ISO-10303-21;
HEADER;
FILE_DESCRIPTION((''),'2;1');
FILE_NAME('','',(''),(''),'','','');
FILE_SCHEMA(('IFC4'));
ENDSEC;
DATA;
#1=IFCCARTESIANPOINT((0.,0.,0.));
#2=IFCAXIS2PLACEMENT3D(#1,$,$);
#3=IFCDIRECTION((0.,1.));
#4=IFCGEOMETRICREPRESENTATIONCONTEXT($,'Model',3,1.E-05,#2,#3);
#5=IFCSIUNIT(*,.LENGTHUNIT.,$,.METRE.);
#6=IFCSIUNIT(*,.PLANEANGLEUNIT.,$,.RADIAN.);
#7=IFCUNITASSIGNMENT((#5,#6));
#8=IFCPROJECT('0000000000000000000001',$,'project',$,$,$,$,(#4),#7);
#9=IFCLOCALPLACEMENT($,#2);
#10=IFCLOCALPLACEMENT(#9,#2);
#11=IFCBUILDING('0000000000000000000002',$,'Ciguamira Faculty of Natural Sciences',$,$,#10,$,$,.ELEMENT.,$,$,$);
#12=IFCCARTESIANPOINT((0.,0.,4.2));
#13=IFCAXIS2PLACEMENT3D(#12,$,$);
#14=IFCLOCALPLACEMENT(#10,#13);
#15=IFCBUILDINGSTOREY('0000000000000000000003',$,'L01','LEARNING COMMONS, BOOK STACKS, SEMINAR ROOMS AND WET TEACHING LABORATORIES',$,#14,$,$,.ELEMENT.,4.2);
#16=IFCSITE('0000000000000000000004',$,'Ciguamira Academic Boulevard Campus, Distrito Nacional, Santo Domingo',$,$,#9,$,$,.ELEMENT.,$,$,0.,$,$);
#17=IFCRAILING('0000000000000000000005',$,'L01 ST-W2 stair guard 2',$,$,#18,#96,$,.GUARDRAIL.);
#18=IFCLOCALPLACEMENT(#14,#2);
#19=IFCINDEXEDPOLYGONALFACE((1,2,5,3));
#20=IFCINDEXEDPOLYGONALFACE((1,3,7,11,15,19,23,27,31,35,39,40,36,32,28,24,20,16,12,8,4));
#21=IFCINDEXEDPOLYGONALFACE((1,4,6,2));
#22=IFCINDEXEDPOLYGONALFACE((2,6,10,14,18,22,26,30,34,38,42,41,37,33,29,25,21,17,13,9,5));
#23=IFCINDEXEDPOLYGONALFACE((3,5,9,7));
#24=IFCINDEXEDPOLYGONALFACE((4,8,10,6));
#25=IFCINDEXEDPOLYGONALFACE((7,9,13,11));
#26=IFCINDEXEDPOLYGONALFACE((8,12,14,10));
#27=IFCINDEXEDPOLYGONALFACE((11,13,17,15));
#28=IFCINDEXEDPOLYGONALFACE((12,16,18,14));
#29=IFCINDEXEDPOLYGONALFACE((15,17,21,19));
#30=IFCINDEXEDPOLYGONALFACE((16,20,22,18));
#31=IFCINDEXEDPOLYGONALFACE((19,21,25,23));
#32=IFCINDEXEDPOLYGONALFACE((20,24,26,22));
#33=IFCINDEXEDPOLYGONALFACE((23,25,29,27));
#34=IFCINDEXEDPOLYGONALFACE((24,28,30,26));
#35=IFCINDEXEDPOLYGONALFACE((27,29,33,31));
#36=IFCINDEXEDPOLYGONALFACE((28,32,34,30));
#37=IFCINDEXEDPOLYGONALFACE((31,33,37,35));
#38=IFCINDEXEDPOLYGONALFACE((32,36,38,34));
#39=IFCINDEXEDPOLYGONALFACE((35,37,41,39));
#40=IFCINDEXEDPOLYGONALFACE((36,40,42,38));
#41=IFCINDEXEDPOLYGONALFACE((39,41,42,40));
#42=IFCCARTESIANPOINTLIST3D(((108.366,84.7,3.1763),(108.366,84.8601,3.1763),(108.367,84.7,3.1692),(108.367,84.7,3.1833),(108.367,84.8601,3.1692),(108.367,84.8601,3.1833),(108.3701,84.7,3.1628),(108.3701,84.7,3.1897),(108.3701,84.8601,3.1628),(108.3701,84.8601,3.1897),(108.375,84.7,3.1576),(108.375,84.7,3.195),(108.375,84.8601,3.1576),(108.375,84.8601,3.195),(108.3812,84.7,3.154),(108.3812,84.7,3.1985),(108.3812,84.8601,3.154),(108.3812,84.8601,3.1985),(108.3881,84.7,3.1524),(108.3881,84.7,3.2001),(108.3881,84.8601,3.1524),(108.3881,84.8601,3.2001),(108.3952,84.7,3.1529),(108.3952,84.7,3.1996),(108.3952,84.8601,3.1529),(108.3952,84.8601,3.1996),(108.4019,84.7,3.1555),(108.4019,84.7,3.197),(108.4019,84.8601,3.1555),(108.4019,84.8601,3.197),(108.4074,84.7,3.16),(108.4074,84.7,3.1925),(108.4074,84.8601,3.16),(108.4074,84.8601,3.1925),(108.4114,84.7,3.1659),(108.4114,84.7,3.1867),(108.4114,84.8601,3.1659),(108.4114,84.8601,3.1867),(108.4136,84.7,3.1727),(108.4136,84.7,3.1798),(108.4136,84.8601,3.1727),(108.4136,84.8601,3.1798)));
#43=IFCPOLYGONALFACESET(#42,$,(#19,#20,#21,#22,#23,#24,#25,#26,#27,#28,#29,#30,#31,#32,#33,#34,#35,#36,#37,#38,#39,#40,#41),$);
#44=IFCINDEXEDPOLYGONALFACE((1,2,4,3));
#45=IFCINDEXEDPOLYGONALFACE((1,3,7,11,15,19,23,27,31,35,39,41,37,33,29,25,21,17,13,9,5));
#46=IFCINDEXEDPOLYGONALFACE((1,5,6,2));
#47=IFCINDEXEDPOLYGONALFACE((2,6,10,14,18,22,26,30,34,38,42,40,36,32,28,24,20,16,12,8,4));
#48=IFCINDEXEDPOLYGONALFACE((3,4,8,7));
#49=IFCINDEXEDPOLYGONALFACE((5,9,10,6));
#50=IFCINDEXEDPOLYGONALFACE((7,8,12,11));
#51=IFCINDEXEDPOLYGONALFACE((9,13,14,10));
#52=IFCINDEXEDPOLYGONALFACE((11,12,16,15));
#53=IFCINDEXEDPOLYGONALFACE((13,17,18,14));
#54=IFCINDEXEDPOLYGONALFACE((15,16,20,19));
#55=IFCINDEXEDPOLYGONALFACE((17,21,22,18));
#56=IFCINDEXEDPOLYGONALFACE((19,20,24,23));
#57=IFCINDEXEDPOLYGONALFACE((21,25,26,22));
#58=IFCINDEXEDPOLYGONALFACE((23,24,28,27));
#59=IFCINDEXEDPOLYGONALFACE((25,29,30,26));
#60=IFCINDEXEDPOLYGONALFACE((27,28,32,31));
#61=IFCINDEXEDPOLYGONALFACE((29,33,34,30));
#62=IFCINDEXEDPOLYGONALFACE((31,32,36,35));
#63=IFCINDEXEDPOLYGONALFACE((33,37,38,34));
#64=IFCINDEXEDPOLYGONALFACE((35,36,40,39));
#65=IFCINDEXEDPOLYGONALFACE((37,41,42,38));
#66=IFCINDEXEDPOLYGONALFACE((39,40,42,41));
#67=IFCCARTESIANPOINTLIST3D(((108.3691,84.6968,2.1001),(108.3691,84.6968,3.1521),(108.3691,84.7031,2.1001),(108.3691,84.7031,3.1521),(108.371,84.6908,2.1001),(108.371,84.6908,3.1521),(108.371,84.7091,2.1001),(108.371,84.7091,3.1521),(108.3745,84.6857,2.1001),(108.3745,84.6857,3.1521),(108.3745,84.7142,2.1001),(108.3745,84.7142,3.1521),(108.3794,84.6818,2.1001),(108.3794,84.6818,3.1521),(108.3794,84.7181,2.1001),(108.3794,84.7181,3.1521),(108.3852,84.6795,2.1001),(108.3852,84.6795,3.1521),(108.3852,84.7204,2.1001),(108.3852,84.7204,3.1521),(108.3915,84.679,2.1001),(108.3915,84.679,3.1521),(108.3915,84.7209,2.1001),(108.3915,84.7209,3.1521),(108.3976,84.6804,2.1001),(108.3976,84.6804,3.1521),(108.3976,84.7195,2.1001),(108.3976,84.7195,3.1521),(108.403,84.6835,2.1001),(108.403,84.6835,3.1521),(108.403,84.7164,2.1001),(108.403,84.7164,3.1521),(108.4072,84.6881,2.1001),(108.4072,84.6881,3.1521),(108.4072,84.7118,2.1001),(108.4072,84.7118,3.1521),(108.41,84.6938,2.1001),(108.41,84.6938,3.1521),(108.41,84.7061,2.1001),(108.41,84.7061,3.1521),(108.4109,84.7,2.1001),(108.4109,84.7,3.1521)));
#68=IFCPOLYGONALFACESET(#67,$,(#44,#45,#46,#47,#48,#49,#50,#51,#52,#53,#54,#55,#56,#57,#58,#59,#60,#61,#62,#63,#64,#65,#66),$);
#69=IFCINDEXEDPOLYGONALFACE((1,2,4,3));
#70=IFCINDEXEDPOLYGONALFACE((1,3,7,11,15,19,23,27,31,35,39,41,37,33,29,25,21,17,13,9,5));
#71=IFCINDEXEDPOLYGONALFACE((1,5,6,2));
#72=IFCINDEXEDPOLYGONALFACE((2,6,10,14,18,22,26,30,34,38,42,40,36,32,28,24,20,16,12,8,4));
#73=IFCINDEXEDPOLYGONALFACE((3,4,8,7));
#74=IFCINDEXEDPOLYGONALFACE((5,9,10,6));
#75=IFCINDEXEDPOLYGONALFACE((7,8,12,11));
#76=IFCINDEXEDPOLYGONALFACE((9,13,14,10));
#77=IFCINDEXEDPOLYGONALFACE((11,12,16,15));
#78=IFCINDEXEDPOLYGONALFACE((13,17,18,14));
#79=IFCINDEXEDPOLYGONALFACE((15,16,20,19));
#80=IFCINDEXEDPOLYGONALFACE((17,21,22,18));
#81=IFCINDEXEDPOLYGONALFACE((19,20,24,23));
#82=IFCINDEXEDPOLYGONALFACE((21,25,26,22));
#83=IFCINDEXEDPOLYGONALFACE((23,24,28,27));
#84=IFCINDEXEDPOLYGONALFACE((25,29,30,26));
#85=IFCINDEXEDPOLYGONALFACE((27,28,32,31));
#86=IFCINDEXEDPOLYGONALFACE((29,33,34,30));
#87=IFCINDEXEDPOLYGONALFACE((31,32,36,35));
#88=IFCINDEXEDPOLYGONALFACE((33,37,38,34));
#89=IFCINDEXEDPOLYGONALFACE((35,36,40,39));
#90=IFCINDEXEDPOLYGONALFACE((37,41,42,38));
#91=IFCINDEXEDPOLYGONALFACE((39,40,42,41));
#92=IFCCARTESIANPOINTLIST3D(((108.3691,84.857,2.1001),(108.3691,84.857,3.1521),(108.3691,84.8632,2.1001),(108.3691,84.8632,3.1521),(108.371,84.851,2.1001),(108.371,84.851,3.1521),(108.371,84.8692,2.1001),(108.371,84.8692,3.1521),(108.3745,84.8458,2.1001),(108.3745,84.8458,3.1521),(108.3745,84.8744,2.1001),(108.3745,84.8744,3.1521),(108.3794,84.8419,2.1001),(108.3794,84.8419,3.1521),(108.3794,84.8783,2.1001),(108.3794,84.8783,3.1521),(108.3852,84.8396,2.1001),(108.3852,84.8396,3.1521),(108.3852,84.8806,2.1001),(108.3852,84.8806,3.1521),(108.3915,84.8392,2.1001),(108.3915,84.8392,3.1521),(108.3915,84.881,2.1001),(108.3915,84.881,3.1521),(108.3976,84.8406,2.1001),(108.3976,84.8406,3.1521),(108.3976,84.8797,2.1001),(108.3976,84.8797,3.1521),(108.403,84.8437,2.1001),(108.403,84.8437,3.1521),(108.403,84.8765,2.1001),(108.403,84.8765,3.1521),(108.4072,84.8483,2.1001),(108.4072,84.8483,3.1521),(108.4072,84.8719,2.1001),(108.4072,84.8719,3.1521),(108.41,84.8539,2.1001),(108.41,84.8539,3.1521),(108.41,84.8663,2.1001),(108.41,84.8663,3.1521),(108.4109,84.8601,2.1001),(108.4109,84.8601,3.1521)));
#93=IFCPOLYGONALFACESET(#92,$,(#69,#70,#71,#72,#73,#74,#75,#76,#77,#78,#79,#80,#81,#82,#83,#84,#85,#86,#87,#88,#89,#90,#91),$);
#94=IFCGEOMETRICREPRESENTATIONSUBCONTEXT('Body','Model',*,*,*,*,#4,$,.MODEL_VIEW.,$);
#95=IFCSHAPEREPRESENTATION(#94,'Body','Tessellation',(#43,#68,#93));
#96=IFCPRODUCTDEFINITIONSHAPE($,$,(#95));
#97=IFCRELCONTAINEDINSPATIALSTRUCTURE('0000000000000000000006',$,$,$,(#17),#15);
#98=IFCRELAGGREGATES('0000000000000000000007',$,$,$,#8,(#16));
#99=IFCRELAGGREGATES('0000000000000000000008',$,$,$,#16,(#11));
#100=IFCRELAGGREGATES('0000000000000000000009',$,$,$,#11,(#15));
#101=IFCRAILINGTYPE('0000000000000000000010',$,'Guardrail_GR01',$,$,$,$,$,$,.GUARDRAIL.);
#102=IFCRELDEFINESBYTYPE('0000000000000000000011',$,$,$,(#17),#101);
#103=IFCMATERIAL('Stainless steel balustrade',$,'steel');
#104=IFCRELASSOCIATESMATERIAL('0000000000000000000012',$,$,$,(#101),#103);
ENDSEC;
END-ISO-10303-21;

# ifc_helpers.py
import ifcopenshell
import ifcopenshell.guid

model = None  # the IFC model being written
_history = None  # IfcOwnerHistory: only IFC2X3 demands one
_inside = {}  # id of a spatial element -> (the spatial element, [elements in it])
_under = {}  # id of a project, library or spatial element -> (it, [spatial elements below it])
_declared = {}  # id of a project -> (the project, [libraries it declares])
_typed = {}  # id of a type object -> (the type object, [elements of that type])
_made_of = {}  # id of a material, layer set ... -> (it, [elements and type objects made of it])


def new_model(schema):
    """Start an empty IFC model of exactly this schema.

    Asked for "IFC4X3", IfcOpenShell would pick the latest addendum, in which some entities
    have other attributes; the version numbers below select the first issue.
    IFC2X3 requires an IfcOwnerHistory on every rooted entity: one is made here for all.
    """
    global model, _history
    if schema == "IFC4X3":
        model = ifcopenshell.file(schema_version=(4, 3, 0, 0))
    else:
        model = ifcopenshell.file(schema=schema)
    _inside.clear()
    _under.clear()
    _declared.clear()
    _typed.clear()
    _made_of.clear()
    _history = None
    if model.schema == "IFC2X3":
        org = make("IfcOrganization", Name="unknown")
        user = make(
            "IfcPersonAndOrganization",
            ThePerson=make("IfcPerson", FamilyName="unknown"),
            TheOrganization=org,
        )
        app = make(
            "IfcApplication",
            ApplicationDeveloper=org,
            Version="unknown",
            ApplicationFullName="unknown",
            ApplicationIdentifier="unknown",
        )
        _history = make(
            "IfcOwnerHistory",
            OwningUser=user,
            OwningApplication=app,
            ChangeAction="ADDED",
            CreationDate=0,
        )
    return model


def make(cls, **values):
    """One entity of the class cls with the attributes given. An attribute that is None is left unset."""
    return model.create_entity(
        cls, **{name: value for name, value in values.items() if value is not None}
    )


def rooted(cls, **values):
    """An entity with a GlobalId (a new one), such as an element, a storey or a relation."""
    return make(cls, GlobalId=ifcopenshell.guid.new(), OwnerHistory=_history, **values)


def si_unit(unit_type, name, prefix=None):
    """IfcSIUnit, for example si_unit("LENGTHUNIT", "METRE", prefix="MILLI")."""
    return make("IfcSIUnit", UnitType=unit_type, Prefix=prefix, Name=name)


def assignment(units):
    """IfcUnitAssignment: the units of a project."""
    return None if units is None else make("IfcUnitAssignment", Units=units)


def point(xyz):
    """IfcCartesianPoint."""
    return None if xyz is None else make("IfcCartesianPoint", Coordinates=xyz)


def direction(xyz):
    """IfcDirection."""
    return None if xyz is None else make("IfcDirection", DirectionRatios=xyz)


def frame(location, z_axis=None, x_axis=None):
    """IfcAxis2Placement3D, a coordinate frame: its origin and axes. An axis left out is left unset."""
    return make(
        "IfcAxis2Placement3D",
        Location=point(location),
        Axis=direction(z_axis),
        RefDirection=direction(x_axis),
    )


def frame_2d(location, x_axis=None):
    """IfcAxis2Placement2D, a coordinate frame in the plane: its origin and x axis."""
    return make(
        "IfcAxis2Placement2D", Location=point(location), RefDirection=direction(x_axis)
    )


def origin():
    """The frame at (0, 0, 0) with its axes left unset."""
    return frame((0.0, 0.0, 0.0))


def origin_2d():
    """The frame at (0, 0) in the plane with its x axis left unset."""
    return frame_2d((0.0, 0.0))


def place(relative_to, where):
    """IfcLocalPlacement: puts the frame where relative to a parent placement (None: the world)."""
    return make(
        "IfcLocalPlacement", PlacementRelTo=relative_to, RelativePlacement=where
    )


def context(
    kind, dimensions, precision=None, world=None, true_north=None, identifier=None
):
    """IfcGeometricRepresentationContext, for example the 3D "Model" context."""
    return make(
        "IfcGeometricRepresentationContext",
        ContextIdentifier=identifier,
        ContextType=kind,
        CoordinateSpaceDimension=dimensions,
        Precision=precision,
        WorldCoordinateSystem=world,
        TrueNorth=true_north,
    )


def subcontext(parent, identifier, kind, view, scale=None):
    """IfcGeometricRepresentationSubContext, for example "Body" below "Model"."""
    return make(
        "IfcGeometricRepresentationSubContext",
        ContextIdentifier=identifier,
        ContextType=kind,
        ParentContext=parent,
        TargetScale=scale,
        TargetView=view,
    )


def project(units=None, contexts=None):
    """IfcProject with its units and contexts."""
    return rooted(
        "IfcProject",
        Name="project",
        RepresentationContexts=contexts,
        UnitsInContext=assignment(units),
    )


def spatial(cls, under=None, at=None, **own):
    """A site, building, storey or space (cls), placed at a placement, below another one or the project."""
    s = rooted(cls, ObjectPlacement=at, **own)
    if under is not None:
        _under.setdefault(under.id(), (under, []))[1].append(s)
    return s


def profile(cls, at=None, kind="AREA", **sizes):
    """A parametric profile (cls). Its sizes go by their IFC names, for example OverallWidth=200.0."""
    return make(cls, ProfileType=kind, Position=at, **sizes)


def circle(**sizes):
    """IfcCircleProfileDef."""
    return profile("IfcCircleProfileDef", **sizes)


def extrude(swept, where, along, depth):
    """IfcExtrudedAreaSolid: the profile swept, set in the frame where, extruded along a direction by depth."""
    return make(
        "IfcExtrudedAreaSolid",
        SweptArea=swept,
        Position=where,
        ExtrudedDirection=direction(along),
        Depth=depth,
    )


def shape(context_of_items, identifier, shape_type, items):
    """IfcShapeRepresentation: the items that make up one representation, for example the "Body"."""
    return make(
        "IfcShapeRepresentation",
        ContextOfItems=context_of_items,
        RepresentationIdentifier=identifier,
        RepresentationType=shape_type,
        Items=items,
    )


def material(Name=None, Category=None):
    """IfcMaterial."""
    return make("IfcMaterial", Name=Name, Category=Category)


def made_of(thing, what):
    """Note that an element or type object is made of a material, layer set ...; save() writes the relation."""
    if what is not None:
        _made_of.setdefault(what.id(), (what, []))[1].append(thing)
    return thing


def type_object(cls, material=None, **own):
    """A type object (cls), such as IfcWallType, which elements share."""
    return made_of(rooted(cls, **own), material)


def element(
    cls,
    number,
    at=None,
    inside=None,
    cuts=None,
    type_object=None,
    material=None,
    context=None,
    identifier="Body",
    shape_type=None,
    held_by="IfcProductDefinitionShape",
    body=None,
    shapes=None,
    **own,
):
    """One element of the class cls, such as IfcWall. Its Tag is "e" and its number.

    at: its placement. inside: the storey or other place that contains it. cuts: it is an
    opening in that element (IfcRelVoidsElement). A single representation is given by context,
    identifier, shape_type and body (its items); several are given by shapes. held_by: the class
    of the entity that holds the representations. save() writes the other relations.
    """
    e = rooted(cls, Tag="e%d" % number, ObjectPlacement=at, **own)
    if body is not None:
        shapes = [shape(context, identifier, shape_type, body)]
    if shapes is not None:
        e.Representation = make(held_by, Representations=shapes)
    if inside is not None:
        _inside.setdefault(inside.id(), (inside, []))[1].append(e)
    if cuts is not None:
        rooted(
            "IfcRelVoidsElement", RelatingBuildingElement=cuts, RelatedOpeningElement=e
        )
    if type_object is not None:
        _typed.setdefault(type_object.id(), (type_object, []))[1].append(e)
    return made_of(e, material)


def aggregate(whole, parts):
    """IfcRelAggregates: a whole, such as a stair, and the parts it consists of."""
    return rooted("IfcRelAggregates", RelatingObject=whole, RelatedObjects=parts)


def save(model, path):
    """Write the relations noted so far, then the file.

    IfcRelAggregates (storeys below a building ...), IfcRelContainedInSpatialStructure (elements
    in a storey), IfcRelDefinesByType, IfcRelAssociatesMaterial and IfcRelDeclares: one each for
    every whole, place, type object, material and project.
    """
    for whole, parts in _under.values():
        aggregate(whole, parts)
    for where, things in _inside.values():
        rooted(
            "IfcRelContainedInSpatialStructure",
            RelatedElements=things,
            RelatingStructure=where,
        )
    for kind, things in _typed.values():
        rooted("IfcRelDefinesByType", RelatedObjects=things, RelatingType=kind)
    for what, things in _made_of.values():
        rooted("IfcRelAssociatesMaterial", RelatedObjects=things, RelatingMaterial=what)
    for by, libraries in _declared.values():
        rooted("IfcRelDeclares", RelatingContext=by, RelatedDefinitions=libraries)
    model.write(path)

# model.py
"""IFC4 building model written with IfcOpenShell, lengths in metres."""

from ifc_helpers import new_model, si_unit, direction, frame, origin, origin_2d, place, context, subcontext, project, spatial, circle, extrude, material, type_object, element, save


model = new_model("IFC4")

# Units and contexts
model_context = context("Model", 3, precision=1e-05, world=origin(), true_north=direction((0.0, 1.0)))
body_context = subcontext(model_context, "Body", "Model", "MODEL_VIEW")
ifc_project = project(units=[si_unit("LENGTHUNIT", "METRE"), si_unit("PLANEANGLEUNIT", "RADIAN")], contexts=[model_context])

# Site, building, storey
site_placement = place(None, origin())
site = spatial("IfcSite", under=ifc_project, at=site_placement, Name="Ciguamira Academic Boulevard Campus, Distrito Nacional, Santo Domingo", CompositionType="ELEMENT", RefElevation=0.0)
building_placement = place(site_placement, origin())
building = spatial("IfcBuilding", under=site, at=building_placement, Name="Ciguamira Faculty of Natural Sciences", CompositionType="ELEMENT")
storey_placement = place(building_placement, frame((0.0, 0.0, 4.2)))
storey = spatial("IfcBuildingStorey", under=building, at=storey_placement, Name="L01", Description="LEARNING COMMONS, BOOK STACKS, SEMINAR ROOMS AND WET TEACHING LABORATORIES", CompositionType="ELEMENT", Elevation=4.2)

# Railing
ifc_material_1 = material(Name="Stainless steel balustrade", Category="steel")
railing_type_1 = type_object("IfcRailingType", Name="Guardrail_GR01", PredefinedType="GUARDRAIL", material=ifc_material_1)
railing_1_placement = place(storey_placement, frame((108.3899, 84.7, 2.1001)))
element("IfcRailing", 1, at=railing_1_placement, inside=storey, type_object=railing_type_1, Name="L01 ST-W2 stair guard 2", PredefinedType="GUARDRAIL", context=body_context, shape_type="SweptSolid", body=[
    extrude(circle(Radius=0.0239, at=origin_2d()), frame((0.0, 0.0, 1.0762), z_axis=(0.0, 1.0, 0.0), x_axis=(-1.0, 0.0, 0.0)), (0.0, 0.0, 1.0), 0.1602),
    extrude(circle(Radius=0.021, at=origin_2d()), origin(), (0.0, 0.0, 1.0), 1.052),
    extrude(circle(Radius=0.021, at=origin_2d()), frame((0.0, 0.1602, 0.0)), (0.0, 0.0, 1.0), 1.052),
])

save(model, "model.ifc")
